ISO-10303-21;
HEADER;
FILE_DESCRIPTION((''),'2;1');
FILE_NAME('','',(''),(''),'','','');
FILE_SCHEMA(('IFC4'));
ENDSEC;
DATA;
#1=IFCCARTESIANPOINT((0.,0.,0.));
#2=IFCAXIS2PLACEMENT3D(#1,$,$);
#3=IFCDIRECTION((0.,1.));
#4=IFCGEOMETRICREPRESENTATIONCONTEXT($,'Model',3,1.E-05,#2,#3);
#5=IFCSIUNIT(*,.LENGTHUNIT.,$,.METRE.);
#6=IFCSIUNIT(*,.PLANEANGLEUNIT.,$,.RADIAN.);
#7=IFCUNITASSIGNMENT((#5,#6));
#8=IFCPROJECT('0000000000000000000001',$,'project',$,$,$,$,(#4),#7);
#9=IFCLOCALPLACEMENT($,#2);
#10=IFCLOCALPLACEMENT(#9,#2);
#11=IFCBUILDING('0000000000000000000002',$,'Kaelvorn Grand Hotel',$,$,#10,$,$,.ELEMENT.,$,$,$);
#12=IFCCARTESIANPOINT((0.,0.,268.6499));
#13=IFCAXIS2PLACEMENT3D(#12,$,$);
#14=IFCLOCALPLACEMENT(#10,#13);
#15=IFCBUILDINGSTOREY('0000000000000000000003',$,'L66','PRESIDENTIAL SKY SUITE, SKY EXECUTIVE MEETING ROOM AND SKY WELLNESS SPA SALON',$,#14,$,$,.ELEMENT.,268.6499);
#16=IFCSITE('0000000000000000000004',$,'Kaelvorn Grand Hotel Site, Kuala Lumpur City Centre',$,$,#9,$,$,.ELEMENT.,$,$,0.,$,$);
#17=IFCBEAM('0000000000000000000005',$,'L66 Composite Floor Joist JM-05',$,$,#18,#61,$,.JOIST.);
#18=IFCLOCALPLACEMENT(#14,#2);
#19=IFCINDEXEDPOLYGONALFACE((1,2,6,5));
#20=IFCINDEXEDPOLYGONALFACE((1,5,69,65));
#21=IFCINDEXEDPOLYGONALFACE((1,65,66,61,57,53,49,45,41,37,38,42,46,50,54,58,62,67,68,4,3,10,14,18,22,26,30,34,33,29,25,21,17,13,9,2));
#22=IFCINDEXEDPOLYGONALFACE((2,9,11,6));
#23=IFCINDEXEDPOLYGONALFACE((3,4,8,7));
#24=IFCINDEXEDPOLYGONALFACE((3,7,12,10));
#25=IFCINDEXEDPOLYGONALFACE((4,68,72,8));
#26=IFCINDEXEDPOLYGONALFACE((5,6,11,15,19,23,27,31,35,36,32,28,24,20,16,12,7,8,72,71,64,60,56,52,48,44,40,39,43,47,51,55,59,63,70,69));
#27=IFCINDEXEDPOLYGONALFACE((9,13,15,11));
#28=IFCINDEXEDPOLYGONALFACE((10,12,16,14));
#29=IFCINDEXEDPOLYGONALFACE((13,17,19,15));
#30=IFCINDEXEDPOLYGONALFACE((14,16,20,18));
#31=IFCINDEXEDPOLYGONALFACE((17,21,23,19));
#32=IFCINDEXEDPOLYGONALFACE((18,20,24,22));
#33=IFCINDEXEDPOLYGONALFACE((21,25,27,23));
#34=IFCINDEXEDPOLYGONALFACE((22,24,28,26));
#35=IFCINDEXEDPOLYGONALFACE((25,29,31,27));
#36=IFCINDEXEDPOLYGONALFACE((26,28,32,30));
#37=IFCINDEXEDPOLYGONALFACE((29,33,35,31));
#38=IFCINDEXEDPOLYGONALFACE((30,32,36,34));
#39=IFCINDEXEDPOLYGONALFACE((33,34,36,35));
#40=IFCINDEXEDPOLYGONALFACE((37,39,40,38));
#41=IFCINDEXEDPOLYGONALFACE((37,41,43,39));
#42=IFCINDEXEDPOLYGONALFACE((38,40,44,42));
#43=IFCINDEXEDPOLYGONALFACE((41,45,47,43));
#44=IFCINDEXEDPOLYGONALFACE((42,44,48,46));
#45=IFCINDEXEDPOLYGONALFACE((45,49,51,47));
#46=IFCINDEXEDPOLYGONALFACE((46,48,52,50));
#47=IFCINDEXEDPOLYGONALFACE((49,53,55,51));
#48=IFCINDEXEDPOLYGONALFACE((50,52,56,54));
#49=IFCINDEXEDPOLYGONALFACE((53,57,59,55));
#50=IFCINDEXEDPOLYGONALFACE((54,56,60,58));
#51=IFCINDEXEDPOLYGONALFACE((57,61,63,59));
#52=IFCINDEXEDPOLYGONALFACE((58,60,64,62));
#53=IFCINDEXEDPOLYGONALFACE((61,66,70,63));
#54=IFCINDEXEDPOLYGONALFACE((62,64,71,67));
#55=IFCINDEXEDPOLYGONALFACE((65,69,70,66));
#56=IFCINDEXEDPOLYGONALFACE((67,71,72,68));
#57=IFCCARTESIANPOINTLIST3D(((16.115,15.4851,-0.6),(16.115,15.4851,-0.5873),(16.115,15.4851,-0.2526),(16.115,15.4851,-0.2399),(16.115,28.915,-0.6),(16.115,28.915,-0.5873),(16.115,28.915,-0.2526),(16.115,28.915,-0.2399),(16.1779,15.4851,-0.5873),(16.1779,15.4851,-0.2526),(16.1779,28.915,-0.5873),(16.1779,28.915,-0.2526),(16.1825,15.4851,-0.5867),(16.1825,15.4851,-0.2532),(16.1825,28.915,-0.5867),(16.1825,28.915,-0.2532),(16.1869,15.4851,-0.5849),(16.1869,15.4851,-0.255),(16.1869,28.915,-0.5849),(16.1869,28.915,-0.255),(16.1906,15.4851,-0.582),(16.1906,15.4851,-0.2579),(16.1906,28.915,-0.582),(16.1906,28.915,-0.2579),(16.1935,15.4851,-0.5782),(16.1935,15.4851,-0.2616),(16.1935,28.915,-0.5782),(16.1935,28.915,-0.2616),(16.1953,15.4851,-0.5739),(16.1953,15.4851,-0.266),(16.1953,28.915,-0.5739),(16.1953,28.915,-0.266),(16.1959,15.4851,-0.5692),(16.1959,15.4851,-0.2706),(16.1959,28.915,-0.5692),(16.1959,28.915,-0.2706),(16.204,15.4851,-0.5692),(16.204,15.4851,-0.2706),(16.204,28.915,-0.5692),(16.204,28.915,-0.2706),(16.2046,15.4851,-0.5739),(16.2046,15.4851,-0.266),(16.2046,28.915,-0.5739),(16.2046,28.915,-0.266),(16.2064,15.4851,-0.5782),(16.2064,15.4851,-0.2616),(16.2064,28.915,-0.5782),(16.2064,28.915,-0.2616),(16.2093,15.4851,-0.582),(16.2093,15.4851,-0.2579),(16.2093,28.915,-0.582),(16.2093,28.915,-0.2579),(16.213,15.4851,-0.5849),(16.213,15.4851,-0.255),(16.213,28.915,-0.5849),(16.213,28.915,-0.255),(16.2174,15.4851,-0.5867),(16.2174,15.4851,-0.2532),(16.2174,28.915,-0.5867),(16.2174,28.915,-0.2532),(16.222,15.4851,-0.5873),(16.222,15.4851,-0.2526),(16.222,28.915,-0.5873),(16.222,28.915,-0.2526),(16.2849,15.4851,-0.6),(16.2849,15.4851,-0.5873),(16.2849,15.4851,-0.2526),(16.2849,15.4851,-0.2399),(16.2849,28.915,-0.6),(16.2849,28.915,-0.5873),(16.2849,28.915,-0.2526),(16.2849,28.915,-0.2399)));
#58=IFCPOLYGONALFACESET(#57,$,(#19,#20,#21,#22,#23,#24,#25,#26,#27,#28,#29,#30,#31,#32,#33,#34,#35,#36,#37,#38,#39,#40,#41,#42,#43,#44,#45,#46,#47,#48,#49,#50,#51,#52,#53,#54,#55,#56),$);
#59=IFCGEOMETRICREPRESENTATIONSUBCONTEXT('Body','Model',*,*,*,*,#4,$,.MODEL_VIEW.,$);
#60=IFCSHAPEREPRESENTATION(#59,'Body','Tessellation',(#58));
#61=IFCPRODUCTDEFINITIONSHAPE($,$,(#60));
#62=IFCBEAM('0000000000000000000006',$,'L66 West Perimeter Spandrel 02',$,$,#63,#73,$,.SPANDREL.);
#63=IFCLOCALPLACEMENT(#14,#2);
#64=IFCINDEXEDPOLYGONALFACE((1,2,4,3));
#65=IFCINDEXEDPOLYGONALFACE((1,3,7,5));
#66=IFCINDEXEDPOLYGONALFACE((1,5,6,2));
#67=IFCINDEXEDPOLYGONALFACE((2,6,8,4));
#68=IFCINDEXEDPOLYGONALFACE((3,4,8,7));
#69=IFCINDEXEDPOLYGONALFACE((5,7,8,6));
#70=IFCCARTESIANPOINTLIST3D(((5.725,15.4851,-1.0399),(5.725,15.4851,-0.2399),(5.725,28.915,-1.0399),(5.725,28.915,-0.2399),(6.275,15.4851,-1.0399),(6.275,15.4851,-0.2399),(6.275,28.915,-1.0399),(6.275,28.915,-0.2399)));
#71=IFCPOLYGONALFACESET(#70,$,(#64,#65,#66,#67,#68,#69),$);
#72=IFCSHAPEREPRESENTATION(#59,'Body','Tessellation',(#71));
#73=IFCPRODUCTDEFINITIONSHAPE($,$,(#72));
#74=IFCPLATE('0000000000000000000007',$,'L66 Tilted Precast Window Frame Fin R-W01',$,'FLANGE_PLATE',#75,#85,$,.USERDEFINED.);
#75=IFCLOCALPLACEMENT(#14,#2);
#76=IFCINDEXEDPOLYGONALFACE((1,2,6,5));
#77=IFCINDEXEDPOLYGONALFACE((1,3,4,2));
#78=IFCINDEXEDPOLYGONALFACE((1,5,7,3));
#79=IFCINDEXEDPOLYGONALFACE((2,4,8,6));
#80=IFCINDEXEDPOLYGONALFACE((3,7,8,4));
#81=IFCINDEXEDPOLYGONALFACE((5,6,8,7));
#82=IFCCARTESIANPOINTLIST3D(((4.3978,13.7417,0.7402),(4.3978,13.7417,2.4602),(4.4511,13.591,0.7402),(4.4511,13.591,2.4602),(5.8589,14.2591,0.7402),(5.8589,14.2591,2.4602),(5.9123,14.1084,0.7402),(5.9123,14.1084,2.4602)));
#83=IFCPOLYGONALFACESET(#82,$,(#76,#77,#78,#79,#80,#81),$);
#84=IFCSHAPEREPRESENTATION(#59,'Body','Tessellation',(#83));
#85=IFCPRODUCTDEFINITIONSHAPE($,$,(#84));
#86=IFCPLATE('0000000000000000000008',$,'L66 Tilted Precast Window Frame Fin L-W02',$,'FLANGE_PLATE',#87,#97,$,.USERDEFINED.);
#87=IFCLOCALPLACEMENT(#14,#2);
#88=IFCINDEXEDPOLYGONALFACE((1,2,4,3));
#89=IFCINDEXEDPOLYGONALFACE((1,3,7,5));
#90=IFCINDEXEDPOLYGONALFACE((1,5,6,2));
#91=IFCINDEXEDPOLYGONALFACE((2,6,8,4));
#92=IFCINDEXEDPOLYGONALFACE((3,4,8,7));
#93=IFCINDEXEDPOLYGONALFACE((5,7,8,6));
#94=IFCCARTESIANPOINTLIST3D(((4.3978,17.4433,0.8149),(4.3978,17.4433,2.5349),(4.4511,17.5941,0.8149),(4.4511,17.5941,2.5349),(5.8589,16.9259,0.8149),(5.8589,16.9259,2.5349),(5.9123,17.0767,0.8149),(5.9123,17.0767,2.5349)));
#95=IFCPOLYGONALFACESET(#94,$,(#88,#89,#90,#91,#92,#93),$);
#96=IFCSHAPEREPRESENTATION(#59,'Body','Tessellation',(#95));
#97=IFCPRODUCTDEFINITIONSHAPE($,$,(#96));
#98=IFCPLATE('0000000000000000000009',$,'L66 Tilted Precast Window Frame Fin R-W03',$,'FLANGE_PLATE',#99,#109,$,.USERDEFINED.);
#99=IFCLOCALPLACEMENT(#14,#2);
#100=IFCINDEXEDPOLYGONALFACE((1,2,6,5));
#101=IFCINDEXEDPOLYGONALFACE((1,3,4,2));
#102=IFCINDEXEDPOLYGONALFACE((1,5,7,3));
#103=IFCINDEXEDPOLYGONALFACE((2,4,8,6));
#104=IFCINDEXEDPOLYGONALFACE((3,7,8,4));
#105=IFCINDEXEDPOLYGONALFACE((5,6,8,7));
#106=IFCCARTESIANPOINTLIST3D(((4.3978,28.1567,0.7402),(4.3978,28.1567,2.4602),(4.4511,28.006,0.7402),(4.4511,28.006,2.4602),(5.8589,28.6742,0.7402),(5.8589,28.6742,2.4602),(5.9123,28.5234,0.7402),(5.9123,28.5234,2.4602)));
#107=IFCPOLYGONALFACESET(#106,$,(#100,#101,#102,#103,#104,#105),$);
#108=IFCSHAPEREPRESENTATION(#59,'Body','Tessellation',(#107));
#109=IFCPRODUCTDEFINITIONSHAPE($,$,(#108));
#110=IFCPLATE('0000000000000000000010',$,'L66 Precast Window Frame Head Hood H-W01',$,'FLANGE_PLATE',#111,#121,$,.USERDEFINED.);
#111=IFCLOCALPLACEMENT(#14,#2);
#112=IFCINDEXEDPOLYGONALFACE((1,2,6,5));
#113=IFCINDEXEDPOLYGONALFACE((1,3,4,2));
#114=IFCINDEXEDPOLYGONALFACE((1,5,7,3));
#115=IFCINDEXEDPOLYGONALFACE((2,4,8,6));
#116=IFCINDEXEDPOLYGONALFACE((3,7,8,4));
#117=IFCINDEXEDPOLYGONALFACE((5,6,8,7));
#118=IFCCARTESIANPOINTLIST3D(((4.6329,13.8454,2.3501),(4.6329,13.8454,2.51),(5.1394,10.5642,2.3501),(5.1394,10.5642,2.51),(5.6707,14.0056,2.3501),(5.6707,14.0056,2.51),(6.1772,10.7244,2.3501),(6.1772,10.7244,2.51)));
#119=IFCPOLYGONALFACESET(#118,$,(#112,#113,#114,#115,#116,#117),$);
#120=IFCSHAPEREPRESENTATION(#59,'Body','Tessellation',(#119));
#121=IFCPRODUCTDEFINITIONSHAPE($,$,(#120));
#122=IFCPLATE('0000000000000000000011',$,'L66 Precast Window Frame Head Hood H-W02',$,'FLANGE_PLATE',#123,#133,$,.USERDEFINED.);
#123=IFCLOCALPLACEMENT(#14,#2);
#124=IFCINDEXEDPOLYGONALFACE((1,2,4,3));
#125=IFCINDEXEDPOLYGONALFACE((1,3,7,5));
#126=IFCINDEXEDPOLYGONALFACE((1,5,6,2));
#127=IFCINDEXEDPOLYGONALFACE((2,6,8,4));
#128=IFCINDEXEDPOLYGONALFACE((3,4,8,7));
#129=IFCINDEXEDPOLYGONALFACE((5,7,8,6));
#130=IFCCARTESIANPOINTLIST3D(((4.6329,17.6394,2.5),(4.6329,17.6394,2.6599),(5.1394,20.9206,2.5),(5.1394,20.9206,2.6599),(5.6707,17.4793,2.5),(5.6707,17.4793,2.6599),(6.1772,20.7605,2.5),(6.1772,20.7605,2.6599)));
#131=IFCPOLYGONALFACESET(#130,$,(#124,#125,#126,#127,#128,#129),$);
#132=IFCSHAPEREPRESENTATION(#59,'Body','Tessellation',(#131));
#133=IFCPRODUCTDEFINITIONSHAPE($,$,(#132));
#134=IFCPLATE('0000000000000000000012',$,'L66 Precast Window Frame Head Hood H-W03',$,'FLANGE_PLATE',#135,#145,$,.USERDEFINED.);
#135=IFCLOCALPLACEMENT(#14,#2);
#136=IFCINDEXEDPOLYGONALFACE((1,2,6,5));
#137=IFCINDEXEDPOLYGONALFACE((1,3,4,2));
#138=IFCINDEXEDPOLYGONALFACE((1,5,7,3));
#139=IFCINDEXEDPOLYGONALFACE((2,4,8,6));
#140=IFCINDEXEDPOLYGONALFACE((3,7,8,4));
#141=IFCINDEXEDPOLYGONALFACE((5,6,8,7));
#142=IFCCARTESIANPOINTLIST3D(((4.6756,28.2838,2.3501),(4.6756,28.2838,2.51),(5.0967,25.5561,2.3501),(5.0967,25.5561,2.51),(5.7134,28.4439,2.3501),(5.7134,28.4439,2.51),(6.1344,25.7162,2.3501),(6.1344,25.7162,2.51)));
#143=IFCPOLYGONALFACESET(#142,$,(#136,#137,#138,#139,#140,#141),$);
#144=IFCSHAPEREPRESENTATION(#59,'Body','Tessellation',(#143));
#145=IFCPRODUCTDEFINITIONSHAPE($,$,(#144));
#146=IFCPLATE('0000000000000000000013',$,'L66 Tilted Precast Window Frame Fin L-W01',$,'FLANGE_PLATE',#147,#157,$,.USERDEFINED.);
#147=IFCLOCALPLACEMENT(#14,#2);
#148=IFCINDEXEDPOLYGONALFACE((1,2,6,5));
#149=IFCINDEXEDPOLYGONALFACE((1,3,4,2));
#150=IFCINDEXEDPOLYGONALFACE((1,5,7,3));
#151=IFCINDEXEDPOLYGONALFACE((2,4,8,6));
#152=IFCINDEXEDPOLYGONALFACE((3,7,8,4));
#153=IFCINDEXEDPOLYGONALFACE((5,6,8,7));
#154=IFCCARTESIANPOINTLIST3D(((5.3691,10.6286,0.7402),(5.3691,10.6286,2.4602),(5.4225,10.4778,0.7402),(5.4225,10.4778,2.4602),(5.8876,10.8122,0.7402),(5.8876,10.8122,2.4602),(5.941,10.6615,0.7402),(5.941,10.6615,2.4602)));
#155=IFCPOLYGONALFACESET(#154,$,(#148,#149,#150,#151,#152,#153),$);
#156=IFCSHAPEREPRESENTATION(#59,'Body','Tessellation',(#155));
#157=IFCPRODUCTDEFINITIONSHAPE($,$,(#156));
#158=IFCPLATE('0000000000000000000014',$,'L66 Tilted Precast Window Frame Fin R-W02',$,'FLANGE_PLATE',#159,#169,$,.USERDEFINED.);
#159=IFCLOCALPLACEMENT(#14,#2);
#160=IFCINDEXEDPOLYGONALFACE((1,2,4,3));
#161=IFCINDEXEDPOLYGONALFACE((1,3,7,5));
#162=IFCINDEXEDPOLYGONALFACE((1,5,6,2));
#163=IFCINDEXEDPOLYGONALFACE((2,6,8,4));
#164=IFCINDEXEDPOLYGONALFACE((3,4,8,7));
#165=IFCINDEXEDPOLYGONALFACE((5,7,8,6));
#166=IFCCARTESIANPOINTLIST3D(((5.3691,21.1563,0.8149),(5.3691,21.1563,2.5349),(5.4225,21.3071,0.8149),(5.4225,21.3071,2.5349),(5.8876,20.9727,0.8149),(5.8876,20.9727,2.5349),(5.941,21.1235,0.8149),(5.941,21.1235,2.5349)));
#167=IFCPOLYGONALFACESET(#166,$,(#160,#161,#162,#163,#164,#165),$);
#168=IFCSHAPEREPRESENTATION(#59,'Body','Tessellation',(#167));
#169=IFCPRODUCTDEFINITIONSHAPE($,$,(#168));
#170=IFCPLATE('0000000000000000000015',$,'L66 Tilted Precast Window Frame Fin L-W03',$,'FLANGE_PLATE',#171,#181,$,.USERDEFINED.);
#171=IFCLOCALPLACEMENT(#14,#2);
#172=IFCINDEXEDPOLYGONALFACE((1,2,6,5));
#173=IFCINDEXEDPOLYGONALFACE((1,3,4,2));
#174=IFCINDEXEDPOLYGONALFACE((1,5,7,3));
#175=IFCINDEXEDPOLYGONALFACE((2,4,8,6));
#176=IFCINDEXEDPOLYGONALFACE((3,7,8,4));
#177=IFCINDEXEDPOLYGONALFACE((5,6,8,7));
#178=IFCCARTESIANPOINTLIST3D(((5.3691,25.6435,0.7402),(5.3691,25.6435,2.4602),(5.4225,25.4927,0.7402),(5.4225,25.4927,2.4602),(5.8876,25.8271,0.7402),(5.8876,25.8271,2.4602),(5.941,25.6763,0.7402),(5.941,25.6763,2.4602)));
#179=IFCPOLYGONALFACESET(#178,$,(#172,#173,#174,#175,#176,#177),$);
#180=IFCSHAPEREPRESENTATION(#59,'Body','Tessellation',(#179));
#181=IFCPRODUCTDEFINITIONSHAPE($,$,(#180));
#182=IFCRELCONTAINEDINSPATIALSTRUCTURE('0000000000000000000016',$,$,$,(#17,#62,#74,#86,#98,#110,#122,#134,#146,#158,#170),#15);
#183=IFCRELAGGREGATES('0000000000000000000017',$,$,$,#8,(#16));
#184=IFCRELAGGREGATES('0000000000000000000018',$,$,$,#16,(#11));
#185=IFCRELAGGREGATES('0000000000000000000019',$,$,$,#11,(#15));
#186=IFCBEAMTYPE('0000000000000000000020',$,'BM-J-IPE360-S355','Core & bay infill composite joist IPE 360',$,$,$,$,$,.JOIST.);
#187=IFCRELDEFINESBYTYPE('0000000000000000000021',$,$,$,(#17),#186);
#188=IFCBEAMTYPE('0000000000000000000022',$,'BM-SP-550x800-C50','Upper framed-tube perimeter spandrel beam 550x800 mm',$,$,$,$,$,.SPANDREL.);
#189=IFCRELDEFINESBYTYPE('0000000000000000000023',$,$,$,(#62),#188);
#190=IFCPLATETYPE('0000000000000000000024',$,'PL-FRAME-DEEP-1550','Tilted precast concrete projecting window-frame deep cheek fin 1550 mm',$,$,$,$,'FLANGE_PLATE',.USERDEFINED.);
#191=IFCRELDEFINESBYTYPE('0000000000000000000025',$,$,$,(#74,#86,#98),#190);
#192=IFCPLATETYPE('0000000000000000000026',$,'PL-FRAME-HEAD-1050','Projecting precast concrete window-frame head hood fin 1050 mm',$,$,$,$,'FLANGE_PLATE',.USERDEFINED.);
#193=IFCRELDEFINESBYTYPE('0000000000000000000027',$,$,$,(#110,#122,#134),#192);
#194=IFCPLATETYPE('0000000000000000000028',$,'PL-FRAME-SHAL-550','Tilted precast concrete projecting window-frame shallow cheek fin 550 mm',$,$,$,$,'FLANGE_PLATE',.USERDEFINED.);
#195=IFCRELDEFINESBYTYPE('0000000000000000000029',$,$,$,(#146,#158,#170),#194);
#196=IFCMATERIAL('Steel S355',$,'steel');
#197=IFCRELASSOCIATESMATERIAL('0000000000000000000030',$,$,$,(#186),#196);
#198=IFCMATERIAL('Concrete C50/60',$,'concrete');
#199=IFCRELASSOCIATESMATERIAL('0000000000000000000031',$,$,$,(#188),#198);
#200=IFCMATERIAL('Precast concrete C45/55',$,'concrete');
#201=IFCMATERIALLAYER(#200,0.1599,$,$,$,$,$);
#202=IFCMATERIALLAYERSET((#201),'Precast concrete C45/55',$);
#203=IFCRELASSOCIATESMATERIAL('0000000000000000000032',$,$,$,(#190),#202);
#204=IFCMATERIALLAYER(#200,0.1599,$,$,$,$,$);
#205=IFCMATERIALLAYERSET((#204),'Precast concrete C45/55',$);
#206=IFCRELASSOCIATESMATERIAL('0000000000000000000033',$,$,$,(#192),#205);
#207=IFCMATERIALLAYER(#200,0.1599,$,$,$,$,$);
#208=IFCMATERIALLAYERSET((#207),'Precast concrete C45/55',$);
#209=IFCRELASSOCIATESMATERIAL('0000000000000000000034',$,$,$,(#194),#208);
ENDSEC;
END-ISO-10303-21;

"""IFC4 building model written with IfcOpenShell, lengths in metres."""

from ifc_helpers import new_model, si_unit, direction, frame, origin, origin_2d, place, context, subcontext, project, spatial, rectangle, i_section, extrude, material, layer, layer_set, material_profile, profile_set, type_object, element, save


model = new_model("IFC4")

# Units and contexts
model_context = context("Model", 3, precision=1e-05, world=origin(), true_north=direction((0.0, 1.0)))
body_context = subcontext(model_context, "Body", "Model", "MODEL_VIEW")
ifc_project = project(units=[si_unit("LENGTHUNIT", "METRE"), si_unit("PLANEANGLEUNIT", "RADIAN")], contexts=[model_context])

# Site, building, storey
site_placement = place(None, origin())
site = spatial("IfcSite", under=ifc_project, at=site_placement, Name="Kaelvorn Grand Hotel Site, Kuala Lumpur City Centre", CompositionType="ELEMENT", RefElevation=0.0)
building_placement = place(site_placement, origin())
building = spatial("IfcBuilding", under=site, at=building_placement, Name="Kaelvorn Grand Hotel", CompositionType="ELEMENT")
storey_placement = place(building_placement, frame((0.0, 0.0, 268.6499)))
storey = spatial("IfcBuildingStorey", under=building, at=storey_placement, Name="L66", Description="PRESIDENTIAL SKY SUITE, SKY EXECUTIVE MEETING ROOM AND SKY WELLNESS SPA SALON", CompositionType="ELEMENT", Elevation=268.6499)

# Shared definitions
ifc_material_1 = material(Name="Concrete C50/60", Category="concrete")

# Beams
ifc_material_2 = material(Name="Steel S355", Category="steel")
ifc_material_profile_1 = material_profile(ifc_material_2, i_section(OverallWidth=0.1699, OverallDepth=0.3601, WebThickness=0.0081, FlangeThickness=0.0127, FilletRadius=0.0181, at=origin_2d()), Name="IPE 360")
ifc_profile_set_1 = profile_set([ifc_material_profile_1], Name="Steel S355")
beam_type_1 = type_object("IfcBeamType", Name="BM-J-IPE360-S355", Description="Core & bay infill composite joist IPE 360", PredefinedType="JOIST", material=ifc_profile_set_1)
beam_1_placement = place(storey_placement, frame((16.2, 15.4851, -0.4199), z_axis=(0.0, 1.0, 0.0), x_axis=(-1.0, 0.0, 0.0)))
element("IfcBeam", 1, at=beam_1_placement, inside=storey, type_object=beam_type_1, Name="L66 Composite Floor Joist JM-05", PredefinedType="JOIST", context=body_context, shape_type="SweptSolid", body=[
    extrude(i_section(OverallWidth=0.1699, OverallDepth=0.3601, WebThickness=0.0081, FlangeThickness=0.0127, FilletRadius=0.0181, at=origin_2d()), origin(), (0.0, 0.0, 1.0), 13.4299),
])
ifc_material_profile_2 = material_profile(ifc_material_1, rectangle(XDim=0.55, YDim=0.8, at=origin_2d()), Name="RC SPANDREL 550x800")
ifc_profile_set_2 = profile_set([ifc_material_profile_2], Name="Concrete C50/60")
beam_type_2 = type_object("IfcBeamType", Name="BM-SP-550x800-C50", Description="Upper framed-tube perimeter spandrel beam 550x800 mm", PredefinedType="SPANDREL", material=ifc_profile_set_2)
beam_2_placement = place(storey_placement, frame((6.0, 15.4851, -0.6399), z_axis=(0.0, 1.0, 0.0), x_axis=(-1.0, 0.0, 0.0)))
element("IfcBeam", 2, at=beam_2_placement, inside=storey, type_object=beam_type_2, Name="L66 West Perimeter Spandrel 02", PredefinedType="SPANDREL", context=body_context, shape_type="SweptSolid", body=[
    extrude(rectangle(XDim=0.55, YDim=0.8, at=origin_2d()), origin(), (0.0, 0.0, 1.0), 13.4299),
])

# Plates
ifc_material_3 = material(Name="Precast concrete C45/55", Category="concrete")
ifc_layer_1 = layer(ifc_material_3, 0.1599)
ifc_layer_set_1 = layer_set([ifc_layer_1], Name="Precast concrete C45/55")
plate_type_1 = type_object("IfcPlateType", Name="PL-FRAME-DEEP-1550", Description="Tilted precast concrete projecting window-frame deep cheek fin 1550 mm", ElementType="FLANGE_PLATE", PredefinedType="USERDEFINED", material=ifc_layer_set_1)
for number, where, z_axis, x_axis, name in (
    (3, (5.155, 13.925, 0.7402), (0.0, 0.0, 1.0), (-0.333807, 0.942641, 0.0), "L66 Tilted Precast Window Frame Fin R-W01"),
    (4, (5.155, 17.26, 0.8149), (0.0, 0.0, 1.0), (0.333807, 0.942641, 0.0), "L66 Tilted Precast Window Frame Fin L-W02"),
    (5, (5.155, 28.3401, 0.7402), (0.0, 0.0, 1.0), (-0.333807, 0.942641, 0.0), "L66 Tilted Precast Window Frame Fin R-W03"),
):
    element("IfcPlate", number, at=place(storey_placement, frame(where, z_axis=z_axis, x_axis=x_axis)), inside=storey, type_object=plate_type_1, Name=name, ObjectType="FLANGE_PLATE", PredefinedType="USERDEFINED", context=body_context, shape_type="SweptSolid", body=[
        extrude(rectangle(XDim=0.1599, YDim=1.55, at=origin_2d()), origin(), (0.0, 0.0, 1.0), 1.72),
    ])
ifc_layer_2 = layer(ifc_material_3, 0.1599)
ifc_layer_set_2 = layer_set([ifc_layer_2], Name="Precast concrete C45/55")
plate_type_2 = type_object("IfcPlateType", Name="PL-FRAME-HEAD-1050", Description="Projecting precast concrete window-frame head hood fin 1050 mm", ElementType="FLANGE_PLATE", PredefinedType="USERDEFINED", material=ifc_layer_set_2)
for number, where, z_axis, x_axis, name in (
    (6, (5.405, 12.2849, 2.3501), (0.0, 0.0, 1.0), (-0.152555, 0.988295, 0.0), "L66 Precast Window Frame Head Hood H-W01"),
    (7, (5.405, 19.2, 2.5), (0.0, 0.0, 1.0), (0.152555, 0.988295, 0.0), "L66 Precast Window Frame Head Hood H-W02"),
):
    element("IfcPlate", number, at=place(storey_placement, frame(where, z_axis=z_axis, x_axis=x_axis)), inside=storey, type_object=plate_type_2, Name=name, ObjectType="FLANGE_PLATE", PredefinedType="USERDEFINED", context=body_context, shape_type="SweptSolid", body=[
        extrude(rectangle(XDim=3.3201, YDim=1.05, at=origin_2d()), origin(), (0.0, 0.0, 1.0), 0.1599),
    ])
plate_placement = place(storey_placement, frame((5.405, 27.0, 2.3501), z_axis=(0.0, 0.0, 1.0), x_axis=(-0.152555, 0.988295, 0.0)))
element("IfcPlate", 8, at=plate_placement, inside=storey, type_object=plate_type_2, Name="L66 Precast Window Frame Head Hood H-W03", ObjectType="FLANGE_PLATE", PredefinedType="USERDEFINED", context=body_context, shape_type="SweptSolid", body=[
    extrude(rectangle(XDim=2.76, YDim=1.05, at=origin_2d()), origin(), (0.0, 0.0, 1.0), 0.1599),
])
ifc_layer_3 = layer(ifc_material_3, 0.1599)
ifc_layer_set_3 = layer_set([ifc_layer_3], Name="Precast concrete C45/55")
plate_type_3 = type_object("IfcPlateType", Name="PL-FRAME-SHAL-550", Description="Tilted precast concrete projecting window-frame shallow cheek fin 550 mm", ElementType="FLANGE_PLATE", PredefinedType="USERDEFINED", material=ifc_layer_set_3)
for number, where, z_axis, x_axis, name in (
    (9, (5.655, 10.645, 0.7402), (0.0, 0.0, 1.0), (-0.333807, 0.942641, 0.0), "L66 Tilted Precast Window Frame Fin L-W01"),
    (10, (5.655, 21.1399, 0.8149), (0.0, 0.0, 1.0), (0.333807, 0.942641, 0.0), "L66 Tilted Precast Window Frame Fin R-W02"),
    (11, (5.655, 25.6599, 0.7402), (0.0, 0.0, 1.0), (-0.333807, 0.942641, 0.0), "L66 Tilted Precast Window Frame Fin L-W03"),
):
    element("IfcPlate", number, at=place(storey_placement, frame(where, z_axis=z_axis, x_axis=x_axis)), inside=storey, type_object=plate_type_3, Name=name, ObjectType="FLANGE_PLATE", PredefinedType="USERDEFINED", context=body_context, shape_type="SweptSolid", body=[
        extrude(rectangle(XDim=0.1599, YDim=0.55, at=origin_2d()), origin(), (0.0, 0.0, 1.0), 1.72),
    ])

save(model, "model.ifc")
